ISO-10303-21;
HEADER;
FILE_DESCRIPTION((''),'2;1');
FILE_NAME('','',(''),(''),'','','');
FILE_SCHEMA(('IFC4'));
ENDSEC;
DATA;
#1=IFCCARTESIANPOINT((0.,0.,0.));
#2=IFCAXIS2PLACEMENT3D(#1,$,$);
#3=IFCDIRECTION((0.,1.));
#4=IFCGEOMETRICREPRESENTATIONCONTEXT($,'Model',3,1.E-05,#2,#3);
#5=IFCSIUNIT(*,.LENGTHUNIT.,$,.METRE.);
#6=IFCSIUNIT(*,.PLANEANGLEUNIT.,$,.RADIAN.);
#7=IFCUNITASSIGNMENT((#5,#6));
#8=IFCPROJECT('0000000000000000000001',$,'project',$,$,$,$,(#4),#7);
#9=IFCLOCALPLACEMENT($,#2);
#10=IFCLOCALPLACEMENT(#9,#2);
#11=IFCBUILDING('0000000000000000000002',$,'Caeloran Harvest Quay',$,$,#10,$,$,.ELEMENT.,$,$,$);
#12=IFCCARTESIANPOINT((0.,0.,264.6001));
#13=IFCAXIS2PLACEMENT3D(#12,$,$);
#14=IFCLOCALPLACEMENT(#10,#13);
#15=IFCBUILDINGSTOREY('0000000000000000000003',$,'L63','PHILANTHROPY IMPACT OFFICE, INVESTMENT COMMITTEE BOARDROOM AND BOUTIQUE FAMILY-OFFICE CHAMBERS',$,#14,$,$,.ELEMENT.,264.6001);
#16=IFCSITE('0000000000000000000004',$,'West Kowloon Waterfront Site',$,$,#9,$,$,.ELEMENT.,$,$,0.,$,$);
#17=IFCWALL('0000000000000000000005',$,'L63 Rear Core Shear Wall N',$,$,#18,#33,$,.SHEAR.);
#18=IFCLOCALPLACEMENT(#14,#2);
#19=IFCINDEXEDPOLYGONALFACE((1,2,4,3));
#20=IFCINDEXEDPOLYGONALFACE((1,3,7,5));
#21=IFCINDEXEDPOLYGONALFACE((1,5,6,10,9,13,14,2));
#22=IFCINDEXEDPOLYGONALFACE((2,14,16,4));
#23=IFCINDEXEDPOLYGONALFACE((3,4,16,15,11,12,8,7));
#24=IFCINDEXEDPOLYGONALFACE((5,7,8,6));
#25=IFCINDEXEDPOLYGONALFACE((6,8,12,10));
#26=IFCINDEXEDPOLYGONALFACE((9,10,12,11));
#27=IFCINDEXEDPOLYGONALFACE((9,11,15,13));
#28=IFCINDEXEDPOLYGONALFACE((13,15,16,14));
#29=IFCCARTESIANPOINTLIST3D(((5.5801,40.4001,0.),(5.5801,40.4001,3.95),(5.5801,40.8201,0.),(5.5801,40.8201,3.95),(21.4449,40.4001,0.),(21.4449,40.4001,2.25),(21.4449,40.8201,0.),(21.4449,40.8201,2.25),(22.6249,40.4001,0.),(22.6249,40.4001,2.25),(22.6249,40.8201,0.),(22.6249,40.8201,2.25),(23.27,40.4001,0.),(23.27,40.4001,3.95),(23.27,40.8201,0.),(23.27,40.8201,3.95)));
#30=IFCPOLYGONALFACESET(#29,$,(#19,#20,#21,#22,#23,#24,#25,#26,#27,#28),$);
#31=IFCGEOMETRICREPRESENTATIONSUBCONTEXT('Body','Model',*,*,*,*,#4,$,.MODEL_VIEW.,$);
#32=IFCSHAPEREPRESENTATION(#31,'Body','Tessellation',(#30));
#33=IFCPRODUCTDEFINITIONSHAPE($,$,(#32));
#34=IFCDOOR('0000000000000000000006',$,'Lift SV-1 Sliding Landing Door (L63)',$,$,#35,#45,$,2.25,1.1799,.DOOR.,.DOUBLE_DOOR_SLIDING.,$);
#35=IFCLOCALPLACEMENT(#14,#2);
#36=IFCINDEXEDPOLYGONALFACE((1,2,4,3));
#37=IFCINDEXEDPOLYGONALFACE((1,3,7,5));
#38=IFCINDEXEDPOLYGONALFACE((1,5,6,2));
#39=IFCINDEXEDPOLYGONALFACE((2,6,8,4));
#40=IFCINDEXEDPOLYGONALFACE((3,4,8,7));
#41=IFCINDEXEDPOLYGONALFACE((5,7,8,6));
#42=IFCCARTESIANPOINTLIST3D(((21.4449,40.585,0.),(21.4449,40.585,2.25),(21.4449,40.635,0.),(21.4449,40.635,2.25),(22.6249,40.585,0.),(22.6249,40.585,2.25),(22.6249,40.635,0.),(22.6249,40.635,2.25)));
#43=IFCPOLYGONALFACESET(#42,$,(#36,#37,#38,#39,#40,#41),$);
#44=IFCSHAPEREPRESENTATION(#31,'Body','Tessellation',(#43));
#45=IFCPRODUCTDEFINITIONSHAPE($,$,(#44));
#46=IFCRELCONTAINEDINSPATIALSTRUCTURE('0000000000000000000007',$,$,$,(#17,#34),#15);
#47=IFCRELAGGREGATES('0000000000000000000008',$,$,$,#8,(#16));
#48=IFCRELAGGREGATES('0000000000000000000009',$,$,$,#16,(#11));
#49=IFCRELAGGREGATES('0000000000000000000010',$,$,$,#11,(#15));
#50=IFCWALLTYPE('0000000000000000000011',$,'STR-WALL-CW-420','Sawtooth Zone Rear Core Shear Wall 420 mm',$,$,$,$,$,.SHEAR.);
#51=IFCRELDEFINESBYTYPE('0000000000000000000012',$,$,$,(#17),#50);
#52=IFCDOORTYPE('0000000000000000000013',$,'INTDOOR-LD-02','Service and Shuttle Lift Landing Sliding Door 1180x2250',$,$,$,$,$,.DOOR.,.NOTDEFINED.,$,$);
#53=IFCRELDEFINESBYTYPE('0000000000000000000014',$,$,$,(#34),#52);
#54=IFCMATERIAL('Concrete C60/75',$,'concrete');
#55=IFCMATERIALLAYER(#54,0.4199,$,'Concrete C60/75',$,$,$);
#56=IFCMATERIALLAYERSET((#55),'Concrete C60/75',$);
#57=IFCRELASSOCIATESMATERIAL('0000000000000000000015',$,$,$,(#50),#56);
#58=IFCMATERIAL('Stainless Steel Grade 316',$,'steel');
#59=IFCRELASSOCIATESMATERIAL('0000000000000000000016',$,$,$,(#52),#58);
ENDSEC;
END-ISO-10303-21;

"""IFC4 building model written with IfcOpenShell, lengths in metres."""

from ifc_helpers import new_model, si_unit, direction, frame, frame_2d, origin, place, context, subcontext, project, spatial, rectangle, extrude, material, layer, layer_set, type_object, element, fill, save


model = new_model("IFC4")

# Units and contexts
model_context = context("Model", 3, precision=1e-05, world=origin(), true_north=direction((0.0, 1.0)))
body_context = subcontext(model_context, "Body", "Model", "MODEL_VIEW")
ifc_project = project(units=[si_unit("LENGTHUNIT", "METRE"), si_unit("PLANEANGLEUNIT", "RADIAN")], contexts=[model_context])

# Site, building, storey
site_placement = place(None, origin())
site = spatial("IfcSite", under=ifc_project, at=site_placement, Name="West Kowloon Waterfront Site", CompositionType="ELEMENT", RefElevation=0.0)
building_placement = place(site_placement, origin())
building = spatial("IfcBuilding", under=site, at=building_placement, Name="Caeloran Harvest Quay", CompositionType="ELEMENT")
storey_placement = place(building_placement, frame((0.0, 0.0, 264.6001)))
storey = spatial("IfcBuildingStorey", under=building, at=storey_placement, Name="L63", Description="PHILANTHROPY IMPACT OFFICE, INVESTMENT COMMITTEE BOARDROOM AND BOUTIQUE FAMILY-OFFICE CHAMBERS", CompositionType="ELEMENT", Elevation=264.6001)

# Wall, opening, door
ifc_material_1 = material(Name="Concrete C60/75", Category="concrete")
ifc_layer_1 = layer(ifc_material_1, 0.4199, Name="Concrete C60/75")
ifc_layer_set_1 = layer_set([ifc_layer_1], Name="Concrete C60/75")
wall_type_1 = type_object("IfcWallType", Name="STR-WALL-CW-420", Description="Sawtooth Zone Rear Core Shear Wall 420 mm", PredefinedType="SHEAR", material=ifc_layer_set_1)
wall_1_placement = place(storey_placement, frame((5.5801, 40.6101, 0.0), z_axis=(0.0, 0.0, 1.0), x_axis=(1.0, 0.0, 0.0)))
wall_1 = element("IfcWall", 1, at=wall_1_placement, inside=storey, type_object=wall_type_1, Name="L63 Rear Core Shear Wall N", PredefinedType="SHEAR", context=body_context, shape_type="SweptSolid", body=[
    extrude(rectangle(XDim=17.6899, YDim=0.4199, at=frame_2d((8.845, 0.0))), origin(), (0.0, 0.0, 1.0), 3.95),
])
opening_placement = place(wall_1_placement, frame((15.865, 0.0, 0.0)))
opening = element("IfcOpeningElement", 2, at=opening_placement, cuts=wall_1, PredefinedType="OPENING", context=body_context, shape_type="SweptSolid", body=[
    extrude(rectangle(XDim=1.1799, YDim=2.25, at=frame_2d((0.5898, 1.125))), frame((0.0, 0.22, 0.0), z_axis=(0.0, -1.0, 0.0), x_axis=(1.0, 0.0, 0.0)), (0.0, 0.0, 1.0), 0.4399),
])
ifc_material_2 = material(Name="Stainless Steel Grade 316", Category="steel")
door_type = type_object("IfcDoorType", Name="INTDOOR-LD-02", Description="Service and Shuttle Lift Landing Sliding Door 1180x2250", OperationType="NOTDEFINED", PredefinedType="DOOR", material=ifc_material_2)
door_placement = place(opening_placement, origin())
door = element("IfcDoor", 3, at=door_placement, inside=storey, type_object=door_type, Name="Lift SV-1 Sliding Landing Door (L63)", OperationType="DOUBLE_DOOR_SLIDING", OverallHeight=2.25, OverallWidth=1.1799, PredefinedType="DOOR", context=body_context, shape_type="SweptSolid", body=[
    extrude(rectangle(XDim=1.1799, YDim=2.25, at=frame_2d((0.5898, 1.125))), frame((0.0, 0.0249, 0.0), z_axis=(0.0, -1.0, 0.0), x_axis=(1.0, 0.0, 0.0)), (0.0, 0.0, 1.0), 0.05),
])
fill(opening, door)

save(model, "model.ifc")
